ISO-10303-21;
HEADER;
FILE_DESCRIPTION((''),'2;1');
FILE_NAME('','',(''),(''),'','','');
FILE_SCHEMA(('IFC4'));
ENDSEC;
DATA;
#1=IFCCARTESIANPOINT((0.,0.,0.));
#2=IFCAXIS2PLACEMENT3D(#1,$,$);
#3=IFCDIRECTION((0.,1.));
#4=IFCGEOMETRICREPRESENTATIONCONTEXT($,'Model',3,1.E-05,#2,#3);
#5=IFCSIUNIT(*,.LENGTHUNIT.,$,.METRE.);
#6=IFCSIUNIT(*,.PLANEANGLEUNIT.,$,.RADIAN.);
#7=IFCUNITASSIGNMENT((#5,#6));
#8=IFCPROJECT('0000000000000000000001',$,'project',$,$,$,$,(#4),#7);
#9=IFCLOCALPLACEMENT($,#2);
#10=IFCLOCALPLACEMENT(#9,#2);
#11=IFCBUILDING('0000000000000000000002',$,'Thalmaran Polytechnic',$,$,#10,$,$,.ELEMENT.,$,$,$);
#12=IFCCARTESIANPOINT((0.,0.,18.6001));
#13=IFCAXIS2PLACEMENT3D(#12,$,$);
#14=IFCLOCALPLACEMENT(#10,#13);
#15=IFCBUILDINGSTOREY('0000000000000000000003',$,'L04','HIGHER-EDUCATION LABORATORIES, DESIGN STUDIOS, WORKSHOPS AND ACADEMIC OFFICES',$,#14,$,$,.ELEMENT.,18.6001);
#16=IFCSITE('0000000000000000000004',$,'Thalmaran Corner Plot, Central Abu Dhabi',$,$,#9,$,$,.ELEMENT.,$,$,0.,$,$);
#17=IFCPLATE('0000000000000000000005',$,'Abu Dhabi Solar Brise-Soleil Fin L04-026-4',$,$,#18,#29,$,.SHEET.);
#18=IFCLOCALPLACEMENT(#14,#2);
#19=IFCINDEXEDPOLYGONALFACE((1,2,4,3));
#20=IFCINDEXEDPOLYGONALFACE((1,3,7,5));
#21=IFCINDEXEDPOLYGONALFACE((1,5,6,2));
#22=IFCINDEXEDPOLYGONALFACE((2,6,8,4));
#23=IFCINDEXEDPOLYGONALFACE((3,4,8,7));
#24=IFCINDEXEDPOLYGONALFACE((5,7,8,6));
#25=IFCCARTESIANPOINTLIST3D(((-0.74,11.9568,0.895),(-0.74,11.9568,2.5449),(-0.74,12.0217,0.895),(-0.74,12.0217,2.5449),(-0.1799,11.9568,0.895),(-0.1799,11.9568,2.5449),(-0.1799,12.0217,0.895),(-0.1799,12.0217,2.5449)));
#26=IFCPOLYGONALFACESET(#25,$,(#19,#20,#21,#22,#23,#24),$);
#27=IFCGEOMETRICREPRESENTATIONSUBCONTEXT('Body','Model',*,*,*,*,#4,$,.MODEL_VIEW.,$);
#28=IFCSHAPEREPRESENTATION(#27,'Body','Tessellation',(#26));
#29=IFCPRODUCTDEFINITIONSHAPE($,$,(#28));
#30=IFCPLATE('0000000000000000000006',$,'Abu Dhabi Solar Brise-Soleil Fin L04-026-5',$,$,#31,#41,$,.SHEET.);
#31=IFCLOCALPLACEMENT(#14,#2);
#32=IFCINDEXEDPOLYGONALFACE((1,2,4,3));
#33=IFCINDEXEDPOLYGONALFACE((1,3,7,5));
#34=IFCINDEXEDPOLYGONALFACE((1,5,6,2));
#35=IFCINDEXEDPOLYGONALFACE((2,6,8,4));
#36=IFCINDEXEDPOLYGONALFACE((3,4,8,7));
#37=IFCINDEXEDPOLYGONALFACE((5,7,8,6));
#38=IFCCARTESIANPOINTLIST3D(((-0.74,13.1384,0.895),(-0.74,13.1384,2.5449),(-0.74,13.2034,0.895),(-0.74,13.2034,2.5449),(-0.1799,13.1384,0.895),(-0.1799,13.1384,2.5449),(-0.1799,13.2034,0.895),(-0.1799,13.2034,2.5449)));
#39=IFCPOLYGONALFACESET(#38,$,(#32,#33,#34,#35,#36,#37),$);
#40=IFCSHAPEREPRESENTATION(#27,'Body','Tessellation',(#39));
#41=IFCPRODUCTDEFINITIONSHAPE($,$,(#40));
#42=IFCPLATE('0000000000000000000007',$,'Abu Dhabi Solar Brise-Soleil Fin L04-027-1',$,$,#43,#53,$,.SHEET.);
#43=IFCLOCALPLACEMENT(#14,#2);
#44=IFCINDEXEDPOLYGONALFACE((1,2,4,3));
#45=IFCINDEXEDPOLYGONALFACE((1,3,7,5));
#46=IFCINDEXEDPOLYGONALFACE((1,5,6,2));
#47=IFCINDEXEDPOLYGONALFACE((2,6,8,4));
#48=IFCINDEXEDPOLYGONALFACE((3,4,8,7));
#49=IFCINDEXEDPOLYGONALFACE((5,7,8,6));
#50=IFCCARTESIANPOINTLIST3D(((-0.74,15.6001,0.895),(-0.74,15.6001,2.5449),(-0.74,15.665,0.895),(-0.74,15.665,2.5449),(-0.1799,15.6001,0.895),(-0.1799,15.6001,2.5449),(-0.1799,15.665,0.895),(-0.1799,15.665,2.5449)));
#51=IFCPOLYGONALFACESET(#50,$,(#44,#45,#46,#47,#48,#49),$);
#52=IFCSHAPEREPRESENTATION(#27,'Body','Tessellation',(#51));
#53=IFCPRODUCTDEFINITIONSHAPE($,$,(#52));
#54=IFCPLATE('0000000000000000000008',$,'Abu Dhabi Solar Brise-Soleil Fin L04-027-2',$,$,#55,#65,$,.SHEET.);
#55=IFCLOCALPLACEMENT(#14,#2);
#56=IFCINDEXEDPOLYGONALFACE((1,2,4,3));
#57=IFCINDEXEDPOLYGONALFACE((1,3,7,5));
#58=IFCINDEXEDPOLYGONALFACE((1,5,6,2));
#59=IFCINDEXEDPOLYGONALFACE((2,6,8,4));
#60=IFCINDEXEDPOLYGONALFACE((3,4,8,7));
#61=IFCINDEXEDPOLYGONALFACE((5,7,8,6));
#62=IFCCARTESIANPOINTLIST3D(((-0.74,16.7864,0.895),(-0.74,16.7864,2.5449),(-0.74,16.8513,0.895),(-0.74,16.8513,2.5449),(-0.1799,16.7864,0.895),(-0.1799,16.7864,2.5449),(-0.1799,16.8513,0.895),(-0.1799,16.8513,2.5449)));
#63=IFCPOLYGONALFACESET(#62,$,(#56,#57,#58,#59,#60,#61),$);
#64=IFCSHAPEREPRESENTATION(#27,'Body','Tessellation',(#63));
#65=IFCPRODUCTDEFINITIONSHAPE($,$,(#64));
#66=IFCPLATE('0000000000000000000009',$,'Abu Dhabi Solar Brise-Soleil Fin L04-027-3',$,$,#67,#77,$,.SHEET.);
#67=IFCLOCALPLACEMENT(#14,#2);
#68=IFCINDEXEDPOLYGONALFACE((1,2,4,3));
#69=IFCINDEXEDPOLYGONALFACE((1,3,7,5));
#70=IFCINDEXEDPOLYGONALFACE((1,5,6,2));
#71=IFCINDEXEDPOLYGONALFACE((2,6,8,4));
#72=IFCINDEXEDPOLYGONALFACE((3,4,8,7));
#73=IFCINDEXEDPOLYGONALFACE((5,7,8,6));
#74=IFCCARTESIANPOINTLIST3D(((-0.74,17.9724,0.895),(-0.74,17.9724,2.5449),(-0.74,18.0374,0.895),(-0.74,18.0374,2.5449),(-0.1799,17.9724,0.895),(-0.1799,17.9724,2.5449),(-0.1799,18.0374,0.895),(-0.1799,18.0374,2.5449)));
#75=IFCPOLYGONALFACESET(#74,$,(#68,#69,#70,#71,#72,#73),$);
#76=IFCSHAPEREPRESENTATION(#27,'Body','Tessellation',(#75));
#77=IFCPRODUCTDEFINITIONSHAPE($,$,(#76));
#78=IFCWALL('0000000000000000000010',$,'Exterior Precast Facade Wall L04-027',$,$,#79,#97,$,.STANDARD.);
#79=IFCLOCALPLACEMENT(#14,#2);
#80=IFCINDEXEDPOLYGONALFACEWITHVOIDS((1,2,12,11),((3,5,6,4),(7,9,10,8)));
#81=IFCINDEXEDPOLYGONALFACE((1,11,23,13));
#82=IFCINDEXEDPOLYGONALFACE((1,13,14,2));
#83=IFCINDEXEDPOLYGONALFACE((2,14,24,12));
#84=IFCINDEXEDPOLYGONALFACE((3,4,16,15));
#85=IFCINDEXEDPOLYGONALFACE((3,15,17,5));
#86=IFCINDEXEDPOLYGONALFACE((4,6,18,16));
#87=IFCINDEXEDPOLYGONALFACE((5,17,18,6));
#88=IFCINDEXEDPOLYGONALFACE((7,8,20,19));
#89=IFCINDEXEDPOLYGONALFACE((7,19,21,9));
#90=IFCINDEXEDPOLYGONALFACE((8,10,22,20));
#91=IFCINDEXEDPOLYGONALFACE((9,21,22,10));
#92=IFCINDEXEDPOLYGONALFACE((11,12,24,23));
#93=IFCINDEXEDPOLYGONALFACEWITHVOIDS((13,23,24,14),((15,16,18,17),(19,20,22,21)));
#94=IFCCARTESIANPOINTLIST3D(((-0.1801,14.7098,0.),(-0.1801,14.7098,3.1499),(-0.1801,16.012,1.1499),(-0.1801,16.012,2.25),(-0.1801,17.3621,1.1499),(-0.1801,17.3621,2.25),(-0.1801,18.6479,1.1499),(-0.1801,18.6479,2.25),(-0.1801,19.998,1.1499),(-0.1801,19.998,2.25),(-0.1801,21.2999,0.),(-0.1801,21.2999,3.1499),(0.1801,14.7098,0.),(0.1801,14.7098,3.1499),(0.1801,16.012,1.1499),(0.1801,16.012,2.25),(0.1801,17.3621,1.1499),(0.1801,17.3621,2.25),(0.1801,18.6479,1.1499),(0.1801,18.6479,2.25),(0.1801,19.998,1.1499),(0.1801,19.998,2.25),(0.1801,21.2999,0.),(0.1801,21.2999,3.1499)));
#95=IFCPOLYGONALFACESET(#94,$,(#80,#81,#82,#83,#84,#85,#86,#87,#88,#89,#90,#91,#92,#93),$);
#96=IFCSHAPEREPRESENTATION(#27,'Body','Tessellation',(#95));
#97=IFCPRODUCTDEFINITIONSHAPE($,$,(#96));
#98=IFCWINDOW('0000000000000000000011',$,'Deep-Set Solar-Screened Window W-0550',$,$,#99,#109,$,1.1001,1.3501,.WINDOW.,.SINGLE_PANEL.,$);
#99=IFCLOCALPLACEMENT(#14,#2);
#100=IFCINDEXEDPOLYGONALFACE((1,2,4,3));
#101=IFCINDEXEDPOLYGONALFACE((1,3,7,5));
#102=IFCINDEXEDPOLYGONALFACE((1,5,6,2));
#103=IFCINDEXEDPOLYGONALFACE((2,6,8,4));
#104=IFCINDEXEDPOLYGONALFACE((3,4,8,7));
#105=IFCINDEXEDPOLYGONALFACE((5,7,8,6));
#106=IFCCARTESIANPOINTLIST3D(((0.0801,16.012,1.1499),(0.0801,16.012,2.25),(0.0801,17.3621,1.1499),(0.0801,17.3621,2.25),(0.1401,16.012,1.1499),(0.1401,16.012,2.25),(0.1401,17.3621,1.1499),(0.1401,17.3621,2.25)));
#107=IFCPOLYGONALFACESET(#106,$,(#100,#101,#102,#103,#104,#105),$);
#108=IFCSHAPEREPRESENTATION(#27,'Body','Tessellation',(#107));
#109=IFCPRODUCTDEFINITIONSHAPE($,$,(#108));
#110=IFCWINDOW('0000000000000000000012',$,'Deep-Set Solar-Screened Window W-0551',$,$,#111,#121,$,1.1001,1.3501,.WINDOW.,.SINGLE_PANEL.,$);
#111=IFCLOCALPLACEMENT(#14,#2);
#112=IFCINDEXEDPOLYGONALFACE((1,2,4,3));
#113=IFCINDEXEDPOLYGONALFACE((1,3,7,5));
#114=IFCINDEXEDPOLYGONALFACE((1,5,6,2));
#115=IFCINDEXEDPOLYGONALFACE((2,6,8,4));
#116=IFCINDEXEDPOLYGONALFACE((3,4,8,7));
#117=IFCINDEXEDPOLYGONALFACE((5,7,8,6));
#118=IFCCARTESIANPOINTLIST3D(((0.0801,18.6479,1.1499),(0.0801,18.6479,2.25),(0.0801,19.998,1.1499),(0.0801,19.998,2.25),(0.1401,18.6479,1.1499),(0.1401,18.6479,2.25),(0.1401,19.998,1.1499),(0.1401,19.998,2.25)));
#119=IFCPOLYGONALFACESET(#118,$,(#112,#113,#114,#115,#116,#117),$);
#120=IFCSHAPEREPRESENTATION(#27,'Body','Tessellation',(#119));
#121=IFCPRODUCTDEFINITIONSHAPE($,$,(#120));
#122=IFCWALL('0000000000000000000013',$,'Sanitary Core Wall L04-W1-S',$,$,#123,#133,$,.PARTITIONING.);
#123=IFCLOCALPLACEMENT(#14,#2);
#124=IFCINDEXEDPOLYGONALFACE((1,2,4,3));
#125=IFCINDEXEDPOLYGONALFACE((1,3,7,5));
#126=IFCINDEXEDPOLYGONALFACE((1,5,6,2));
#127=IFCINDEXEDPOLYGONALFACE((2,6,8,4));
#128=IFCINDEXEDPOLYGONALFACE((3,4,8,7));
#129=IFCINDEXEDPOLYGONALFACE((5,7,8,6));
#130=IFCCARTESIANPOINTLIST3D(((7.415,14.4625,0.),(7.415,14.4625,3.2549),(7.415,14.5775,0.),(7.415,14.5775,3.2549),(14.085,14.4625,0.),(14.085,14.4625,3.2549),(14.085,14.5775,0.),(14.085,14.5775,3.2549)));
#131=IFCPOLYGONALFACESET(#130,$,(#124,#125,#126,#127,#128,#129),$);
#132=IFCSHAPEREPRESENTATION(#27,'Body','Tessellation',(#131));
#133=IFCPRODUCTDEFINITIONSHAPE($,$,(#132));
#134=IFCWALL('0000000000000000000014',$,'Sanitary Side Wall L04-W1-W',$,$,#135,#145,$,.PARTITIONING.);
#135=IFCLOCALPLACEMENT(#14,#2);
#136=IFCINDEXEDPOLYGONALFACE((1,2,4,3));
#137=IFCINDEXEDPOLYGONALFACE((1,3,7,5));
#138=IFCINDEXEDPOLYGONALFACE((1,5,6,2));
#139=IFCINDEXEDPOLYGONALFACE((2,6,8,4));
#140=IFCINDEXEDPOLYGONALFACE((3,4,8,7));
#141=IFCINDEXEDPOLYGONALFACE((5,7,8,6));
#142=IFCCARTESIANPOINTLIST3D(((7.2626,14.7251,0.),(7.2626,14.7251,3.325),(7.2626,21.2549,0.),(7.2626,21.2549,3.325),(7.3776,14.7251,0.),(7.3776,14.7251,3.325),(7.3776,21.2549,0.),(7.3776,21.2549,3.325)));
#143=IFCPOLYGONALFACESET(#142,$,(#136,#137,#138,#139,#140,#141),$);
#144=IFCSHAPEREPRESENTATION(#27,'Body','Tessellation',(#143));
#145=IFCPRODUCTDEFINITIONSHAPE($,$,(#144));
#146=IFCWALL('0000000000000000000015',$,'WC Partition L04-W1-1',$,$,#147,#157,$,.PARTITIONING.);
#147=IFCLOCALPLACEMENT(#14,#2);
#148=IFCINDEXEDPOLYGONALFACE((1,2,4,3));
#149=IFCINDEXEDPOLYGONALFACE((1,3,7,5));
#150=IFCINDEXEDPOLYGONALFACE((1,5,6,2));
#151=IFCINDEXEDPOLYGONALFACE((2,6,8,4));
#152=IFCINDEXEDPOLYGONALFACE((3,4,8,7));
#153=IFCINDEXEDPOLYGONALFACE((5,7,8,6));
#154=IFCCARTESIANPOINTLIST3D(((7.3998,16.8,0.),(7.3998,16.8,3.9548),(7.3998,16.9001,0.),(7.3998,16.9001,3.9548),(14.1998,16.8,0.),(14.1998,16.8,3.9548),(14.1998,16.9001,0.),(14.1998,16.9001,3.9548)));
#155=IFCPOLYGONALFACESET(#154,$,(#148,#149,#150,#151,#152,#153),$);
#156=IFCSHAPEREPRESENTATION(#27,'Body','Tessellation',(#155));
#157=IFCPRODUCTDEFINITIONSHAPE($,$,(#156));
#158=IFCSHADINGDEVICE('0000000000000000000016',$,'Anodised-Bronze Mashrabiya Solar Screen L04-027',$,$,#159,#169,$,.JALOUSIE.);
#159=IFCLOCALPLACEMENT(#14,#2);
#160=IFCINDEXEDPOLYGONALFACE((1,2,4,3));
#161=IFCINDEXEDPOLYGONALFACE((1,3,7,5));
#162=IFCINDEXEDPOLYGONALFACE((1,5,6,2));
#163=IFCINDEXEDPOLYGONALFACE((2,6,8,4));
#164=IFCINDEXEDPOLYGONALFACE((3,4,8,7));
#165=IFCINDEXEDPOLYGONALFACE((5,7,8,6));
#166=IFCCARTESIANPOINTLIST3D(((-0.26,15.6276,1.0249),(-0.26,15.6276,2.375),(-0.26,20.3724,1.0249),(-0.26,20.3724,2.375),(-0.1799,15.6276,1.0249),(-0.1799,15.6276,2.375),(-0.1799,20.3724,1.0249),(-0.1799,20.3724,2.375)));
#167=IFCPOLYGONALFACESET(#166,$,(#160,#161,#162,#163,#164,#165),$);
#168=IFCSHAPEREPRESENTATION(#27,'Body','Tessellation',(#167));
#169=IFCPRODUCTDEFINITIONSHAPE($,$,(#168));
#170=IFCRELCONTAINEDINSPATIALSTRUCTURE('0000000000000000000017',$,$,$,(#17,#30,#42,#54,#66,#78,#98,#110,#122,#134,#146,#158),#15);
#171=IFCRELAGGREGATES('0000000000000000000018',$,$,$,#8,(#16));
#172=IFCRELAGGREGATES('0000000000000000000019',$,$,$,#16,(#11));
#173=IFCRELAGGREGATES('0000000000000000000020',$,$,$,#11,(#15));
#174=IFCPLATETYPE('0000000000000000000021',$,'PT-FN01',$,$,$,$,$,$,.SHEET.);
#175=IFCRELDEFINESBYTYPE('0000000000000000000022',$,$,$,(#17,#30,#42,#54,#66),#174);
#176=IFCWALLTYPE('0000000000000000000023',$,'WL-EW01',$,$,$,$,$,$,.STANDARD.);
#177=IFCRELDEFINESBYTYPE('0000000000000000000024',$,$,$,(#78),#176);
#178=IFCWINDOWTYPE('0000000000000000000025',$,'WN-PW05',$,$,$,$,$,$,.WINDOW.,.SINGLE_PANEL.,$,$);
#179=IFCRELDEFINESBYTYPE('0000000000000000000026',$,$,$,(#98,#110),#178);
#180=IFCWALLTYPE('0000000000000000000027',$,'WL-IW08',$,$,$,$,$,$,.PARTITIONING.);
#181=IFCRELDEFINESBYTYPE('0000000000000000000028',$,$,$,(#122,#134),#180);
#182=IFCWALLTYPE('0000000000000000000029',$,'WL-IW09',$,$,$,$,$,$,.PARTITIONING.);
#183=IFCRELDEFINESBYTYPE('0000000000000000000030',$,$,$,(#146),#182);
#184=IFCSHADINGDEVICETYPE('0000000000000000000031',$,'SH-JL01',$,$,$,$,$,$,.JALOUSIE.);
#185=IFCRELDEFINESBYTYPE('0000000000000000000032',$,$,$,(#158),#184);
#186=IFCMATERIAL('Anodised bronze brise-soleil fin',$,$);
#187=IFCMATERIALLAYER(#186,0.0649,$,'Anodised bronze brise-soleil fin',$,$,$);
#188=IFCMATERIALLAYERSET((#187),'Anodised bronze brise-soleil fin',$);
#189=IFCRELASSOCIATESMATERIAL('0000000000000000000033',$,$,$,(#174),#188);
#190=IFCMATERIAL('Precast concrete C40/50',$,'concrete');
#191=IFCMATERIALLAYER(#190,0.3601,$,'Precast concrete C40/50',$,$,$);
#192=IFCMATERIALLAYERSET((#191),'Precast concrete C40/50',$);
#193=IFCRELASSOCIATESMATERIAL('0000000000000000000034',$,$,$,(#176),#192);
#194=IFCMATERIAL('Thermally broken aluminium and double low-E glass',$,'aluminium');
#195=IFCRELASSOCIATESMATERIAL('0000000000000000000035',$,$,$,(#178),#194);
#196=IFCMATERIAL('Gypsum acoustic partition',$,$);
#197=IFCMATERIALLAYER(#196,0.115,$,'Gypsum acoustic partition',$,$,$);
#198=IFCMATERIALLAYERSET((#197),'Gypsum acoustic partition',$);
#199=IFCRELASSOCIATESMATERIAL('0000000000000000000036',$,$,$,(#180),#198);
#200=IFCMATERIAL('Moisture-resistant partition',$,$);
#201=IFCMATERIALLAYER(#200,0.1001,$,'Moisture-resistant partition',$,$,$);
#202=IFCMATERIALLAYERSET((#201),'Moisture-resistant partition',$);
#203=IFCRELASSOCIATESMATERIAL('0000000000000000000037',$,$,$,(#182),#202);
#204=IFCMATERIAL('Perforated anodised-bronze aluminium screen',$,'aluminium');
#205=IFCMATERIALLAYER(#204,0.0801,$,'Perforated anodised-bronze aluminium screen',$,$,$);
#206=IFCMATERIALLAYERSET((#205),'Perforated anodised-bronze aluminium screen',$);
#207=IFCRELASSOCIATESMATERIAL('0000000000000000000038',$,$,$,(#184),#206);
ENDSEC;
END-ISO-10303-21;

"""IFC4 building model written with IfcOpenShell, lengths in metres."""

from ifc_helpers import new_model, si_unit, direction, frame, frame_2d, origin, origin_2d, place, context, subcontext, project, spatial, rectangle, extrude, material, layer, layer_set, type_object, element, fill, save


model = new_model("IFC4")

# Units and contexts
model_context = context("Model", 3, precision=1e-05, world=origin(), true_north=direction((0.0, 1.0)))
body_context = subcontext(model_context, "Body", "Model", "MODEL_VIEW")
ifc_project = project(units=[si_unit("LENGTHUNIT", "METRE"), si_unit("PLANEANGLEUNIT", "RADIAN")], contexts=[model_context])

# Site, building, storey
site_placement = place(None, origin())
site = spatial("IfcSite", under=ifc_project, at=site_placement, Name="Thalmaran Corner Plot, Central Abu Dhabi", CompositionType="ELEMENT", RefElevation=0.0)
building_placement = place(site_placement, origin())
building = spatial("IfcBuilding", under=site, at=building_placement, Name="Thalmaran Polytechnic", CompositionType="ELEMENT")
storey_placement = place(building_placement, frame((0.0, 0.0, 18.6001)))
storey = spatial("IfcBuildingStorey", under=building, at=storey_placement, Name="L04", Description="HIGHER-EDUCATION LABORATORIES, DESIGN STUDIOS, WORKSHOPS AND ACADEMIC OFFICES", CompositionType="ELEMENT", Elevation=18.6001)

# Plates
ifc_material_1 = material(Name="Anodised bronze brise-soleil fin")
ifc_layer_1 = layer(ifc_material_1, 0.0649, Name="Anodised bronze brise-soleil fin")
ifc_layer_set_1 = layer_set([ifc_layer_1], Name="Anodised bronze brise-soleil fin")
plate_type_1 = type_object("IfcPlateType", Name="PT-FN01", PredefinedType="SHEET", material=ifc_layer_set_1)
for number, where, z_axis, x_axis, name in (
    (1, (-0.46, 11.9893, 0.895), (0.0, 0.0, 1.0), (0.0, 1.0, 0.0), "Abu Dhabi Solar Brise-Soleil Fin L04-026-4"),
    (2, (-0.46, 13.1709, 0.895), (0.0, 0.0, 1.0), (0.0, 1.0, 0.0), "Abu Dhabi Solar Brise-Soleil Fin L04-026-5"),
    (3, (-0.46, 15.6326, 0.895), (0.0, 0.0, 1.0), (0.0, 1.0, 0.0), "Abu Dhabi Solar Brise-Soleil Fin L04-027-1"),
    (4, (-0.46, 16.8188, 0.895), (0.0, 0.0, 1.0), (0.0, 1.0, 0.0), "Abu Dhabi Solar Brise-Soleil Fin L04-027-2"),
    (5, (-0.46, 18.0049, 0.895), (0.0, 0.0, 1.0), (0.0, 1.0, 0.0), "Abu Dhabi Solar Brise-Soleil Fin L04-027-3"),
):
    element("IfcPlate", number, at=place(storey_placement, frame(where, z_axis=z_axis, x_axis=x_axis)), inside=storey, type_object=plate_type_1, Name=name, PredefinedType="SHEET", context=body_context, shape_type="SweptSolid", body=[
        extrude(rectangle(XDim=0.0649, YDim=0.5601, at=origin_2d()), origin(), (0.0, 0.0, 1.0), 1.6499),
    ])

# Wall, openings, windows
ifc_material_2 = material(Name="Precast concrete C40/50", Category="concrete")
ifc_layer_2 = layer(ifc_material_2, 0.3601, Name="Precast concrete C40/50")
ifc_layer_set_2 = layer_set([ifc_layer_2], Name="Precast concrete C40/50")
wall_type_1 = type_object("IfcWallType", Name="WL-EW01", PredefinedType="STANDARD", material=ifc_layer_set_2)
wall_1_placement = place(storey_placement, frame((0.0, 14.71, 0.0), z_axis=(0.0, 0.0, 1.0), x_axis=(0.0, 1.0, 0.0)))
wall_1 = element("IfcWall", 6, at=wall_1_placement, inside=storey, type_object=wall_type_1, Name="Exterior Precast Facade Wall L04-027", PredefinedType="STANDARD", context=body_context, shape_type="SweptSolid", body=[
    extrude(rectangle(XDim=6.5901, YDim=0.3601, at=frame_2d((3.2949, 0.0))), origin(), (0.0, 0.0, 1.0), 3.1499),
])
opening_1_placement = place(wall_1_placement, frame((1.302, 0.0, 1.1499)))
opening_1 = element("IfcOpeningElement", 7, at=opening_1_placement, cuts=wall_1, PredefinedType="OPENING", context=body_context, shape_type="SweptSolid", body=[
    extrude(rectangle(XDim=1.3501, YDim=1.1001, at=frame_2d((0.675, 0.55))), frame((0.0, 0.1899, 0.0), z_axis=(0.0, -1.0, 0.0), x_axis=(1.0, 0.0, 0.0)), (0.0, 0.0, 1.0), 0.3801),
])
opening_2_placement = place(wall_1_placement, frame((3.938, 0.0, 1.1499)))
opening_2 = element("IfcOpeningElement", 8, at=opening_2_placement, cuts=wall_1, PredefinedType="OPENING", context=body_context, shape_type="SweptSolid", body=[
    extrude(rectangle(XDim=1.3501, YDim=1.1001, at=frame_2d((0.675, 0.55))), frame((0.0, 0.1899, 0.0), z_axis=(0.0, -1.0, 0.0), x_axis=(1.0, 0.0, 0.0)), (0.0, 0.0, 1.0), 0.3801),
])
ifc_material_3 = material(Name="Thermally broken aluminium and double low-E glass", Category="aluminium")
window_type = type_object("IfcWindowType", Name="WN-PW05", PartitioningType="SINGLE_PANEL", PredefinedType="WINDOW", material=ifc_material_3)
window_1_placement = place(opening_1_placement, origin())
window_1 = element("IfcWindow", 9, at=window_1_placement, inside=storey, type_object=window_type, Name="Deep-Set Solar-Screened Window W-0550", OverallHeight=1.1001, OverallWidth=1.3501, PartitioningType="SINGLE_PANEL", PredefinedType="WINDOW", context=body_context, shape_type="SweptSolid", body=[
    extrude(rectangle(XDim=1.3501, YDim=1.1001, at=frame_2d((0.675, 0.55))), frame((0.0, -0.0801, 0.0), z_axis=(0.0, -1.0, 0.0), x_axis=(1.0, 0.0, 0.0)), (0.0, 0.0, 1.0), 0.0601),
])
fill(opening_1, window_1)
window_2_placement = place(opening_2_placement, origin())
window_2 = element("IfcWindow", 10, at=window_2_placement, inside=storey, type_object=window_type, Name="Deep-Set Solar-Screened Window W-0551", OverallHeight=1.1001, OverallWidth=1.3501, PartitioningType="SINGLE_PANEL", PredefinedType="WINDOW", context=body_context, shape_type="SweptSolid", body=[
    extrude(rectangle(XDim=1.3501, YDim=1.1001, at=frame_2d((0.675, 0.55))), frame((0.0, -0.0801, 0.0), z_axis=(0.0, -1.0, 0.0), x_axis=(1.0, 0.0, 0.0)), (0.0, 0.0, 1.0), 0.0601),
])
fill(opening_2, window_2)

# Walls
ifc_material_4 = material(Name="Gypsum acoustic partition")
ifc_layer_3 = layer(ifc_material_4, 0.115, Name="Gypsum acoustic partition")
ifc_layer_set_3 = layer_set([ifc_layer_3], Name="Gypsum acoustic partition")
wall_type_2 = type_object("IfcWallType", Name="WL-IW08", PredefinedType="PARTITIONING", material=ifc_layer_set_3)
wall_2_placement = place(storey_placement, frame((7.415, 14.52, 0.0), z_axis=(0.0, 0.0, 1.0), x_axis=(1.0, 0.0, 0.0)))
element("IfcWall", 11, at=wall_2_placement, inside=storey, type_object=wall_type_2, Name="Sanitary Core Wall L04-W1-S", PredefinedType="PARTITIONING", context=body_context, shape_type="SweptSolid", body=[
    extrude(rectangle(XDim=6.6699, YDim=0.115, at=frame_2d((3.335, 0.0))), origin(), (0.0, 0.0, 1.0), 3.2549),
])
wall_3_placement = place(storey_placement, frame((7.3201, 14.7251, 0.0), z_axis=(0.0, 0.0, 1.0), x_axis=(0.0, 1.0, 0.0)))
element("IfcWall", 12, at=wall_3_placement, inside=storey, type_object=wall_type_2, Name="Sanitary Side Wall L04-W1-W", PredefinedType="PARTITIONING", context=body_context, shape_type="SweptSolid", body=[
    extrude(rectangle(XDim=6.5298, YDim=0.115, at=frame_2d((3.2649, 0.0))), origin(), (0.0, 0.0, 1.0), 3.325),
])
ifc_material_5 = material(Name="Moisture-resistant partition")
ifc_layer_4 = layer(ifc_material_5, 0.1001, Name="Moisture-resistant partition")
ifc_layer_set_4 = layer_set([ifc_layer_4], Name="Moisture-resistant partition")
wall_type_3 = type_object("IfcWallType", Name="WL-IW09", PredefinedType="PARTITIONING", material=ifc_layer_set_4)
wall_4_placement = place(storey_placement, frame((7.3999, 16.8501, 0.0), z_axis=(0.0, 0.0, 1.0), x_axis=(1.0, 0.0, 0.0)))
element("IfcWall", 13, at=wall_4_placement, inside=storey, type_object=wall_type_3, Name="WC Partition L04-W1-1", PredefinedType="PARTITIONING", context=body_context, shape_type="SweptSolid", body=[
    extrude(rectangle(XDim=6.8, YDim=0.1001, at=frame_2d((3.3999, 0.0))), origin(), (0.0, 0.0, 1.0), 3.9548),
])

# Shading device
ifc_material_6 = material(Name="Perforated anodised-bronze aluminium screen", Category="aluminium")
ifc_layer_5 = layer(ifc_material_6, 0.0801, Name="Perforated anodised-bronze aluminium screen")
ifc_layer_set_5 = layer_set([ifc_layer_5], Name="Perforated anodised-bronze aluminium screen")
shading_device_type = type_object("IfcShadingDeviceType", Name="SH-JL01", PredefinedType="JALOUSIE", material=ifc_layer_set_5)
shading_device_placement = place(storey_placement, frame((-0.22, 18.0, 1.0249), z_axis=(0.0, 0.0, 1.0), x_axis=(0.0, 1.0, 0.0)))
element("IfcShadingDevice", 14, at=shading_device_placement, inside=storey, type_object=shading_device_type, Name="Anodised-Bronze Mashrabiya Solar Screen L04-027", PredefinedType="JALOUSIE", context=body_context, shape_type="SweptSolid", body=[
    extrude(rectangle(XDim=4.7449, YDim=0.0801, at=origin_2d()), origin(), (0.0, 0.0, 1.0), 1.3501),
])

save(model, "model.ifc")
